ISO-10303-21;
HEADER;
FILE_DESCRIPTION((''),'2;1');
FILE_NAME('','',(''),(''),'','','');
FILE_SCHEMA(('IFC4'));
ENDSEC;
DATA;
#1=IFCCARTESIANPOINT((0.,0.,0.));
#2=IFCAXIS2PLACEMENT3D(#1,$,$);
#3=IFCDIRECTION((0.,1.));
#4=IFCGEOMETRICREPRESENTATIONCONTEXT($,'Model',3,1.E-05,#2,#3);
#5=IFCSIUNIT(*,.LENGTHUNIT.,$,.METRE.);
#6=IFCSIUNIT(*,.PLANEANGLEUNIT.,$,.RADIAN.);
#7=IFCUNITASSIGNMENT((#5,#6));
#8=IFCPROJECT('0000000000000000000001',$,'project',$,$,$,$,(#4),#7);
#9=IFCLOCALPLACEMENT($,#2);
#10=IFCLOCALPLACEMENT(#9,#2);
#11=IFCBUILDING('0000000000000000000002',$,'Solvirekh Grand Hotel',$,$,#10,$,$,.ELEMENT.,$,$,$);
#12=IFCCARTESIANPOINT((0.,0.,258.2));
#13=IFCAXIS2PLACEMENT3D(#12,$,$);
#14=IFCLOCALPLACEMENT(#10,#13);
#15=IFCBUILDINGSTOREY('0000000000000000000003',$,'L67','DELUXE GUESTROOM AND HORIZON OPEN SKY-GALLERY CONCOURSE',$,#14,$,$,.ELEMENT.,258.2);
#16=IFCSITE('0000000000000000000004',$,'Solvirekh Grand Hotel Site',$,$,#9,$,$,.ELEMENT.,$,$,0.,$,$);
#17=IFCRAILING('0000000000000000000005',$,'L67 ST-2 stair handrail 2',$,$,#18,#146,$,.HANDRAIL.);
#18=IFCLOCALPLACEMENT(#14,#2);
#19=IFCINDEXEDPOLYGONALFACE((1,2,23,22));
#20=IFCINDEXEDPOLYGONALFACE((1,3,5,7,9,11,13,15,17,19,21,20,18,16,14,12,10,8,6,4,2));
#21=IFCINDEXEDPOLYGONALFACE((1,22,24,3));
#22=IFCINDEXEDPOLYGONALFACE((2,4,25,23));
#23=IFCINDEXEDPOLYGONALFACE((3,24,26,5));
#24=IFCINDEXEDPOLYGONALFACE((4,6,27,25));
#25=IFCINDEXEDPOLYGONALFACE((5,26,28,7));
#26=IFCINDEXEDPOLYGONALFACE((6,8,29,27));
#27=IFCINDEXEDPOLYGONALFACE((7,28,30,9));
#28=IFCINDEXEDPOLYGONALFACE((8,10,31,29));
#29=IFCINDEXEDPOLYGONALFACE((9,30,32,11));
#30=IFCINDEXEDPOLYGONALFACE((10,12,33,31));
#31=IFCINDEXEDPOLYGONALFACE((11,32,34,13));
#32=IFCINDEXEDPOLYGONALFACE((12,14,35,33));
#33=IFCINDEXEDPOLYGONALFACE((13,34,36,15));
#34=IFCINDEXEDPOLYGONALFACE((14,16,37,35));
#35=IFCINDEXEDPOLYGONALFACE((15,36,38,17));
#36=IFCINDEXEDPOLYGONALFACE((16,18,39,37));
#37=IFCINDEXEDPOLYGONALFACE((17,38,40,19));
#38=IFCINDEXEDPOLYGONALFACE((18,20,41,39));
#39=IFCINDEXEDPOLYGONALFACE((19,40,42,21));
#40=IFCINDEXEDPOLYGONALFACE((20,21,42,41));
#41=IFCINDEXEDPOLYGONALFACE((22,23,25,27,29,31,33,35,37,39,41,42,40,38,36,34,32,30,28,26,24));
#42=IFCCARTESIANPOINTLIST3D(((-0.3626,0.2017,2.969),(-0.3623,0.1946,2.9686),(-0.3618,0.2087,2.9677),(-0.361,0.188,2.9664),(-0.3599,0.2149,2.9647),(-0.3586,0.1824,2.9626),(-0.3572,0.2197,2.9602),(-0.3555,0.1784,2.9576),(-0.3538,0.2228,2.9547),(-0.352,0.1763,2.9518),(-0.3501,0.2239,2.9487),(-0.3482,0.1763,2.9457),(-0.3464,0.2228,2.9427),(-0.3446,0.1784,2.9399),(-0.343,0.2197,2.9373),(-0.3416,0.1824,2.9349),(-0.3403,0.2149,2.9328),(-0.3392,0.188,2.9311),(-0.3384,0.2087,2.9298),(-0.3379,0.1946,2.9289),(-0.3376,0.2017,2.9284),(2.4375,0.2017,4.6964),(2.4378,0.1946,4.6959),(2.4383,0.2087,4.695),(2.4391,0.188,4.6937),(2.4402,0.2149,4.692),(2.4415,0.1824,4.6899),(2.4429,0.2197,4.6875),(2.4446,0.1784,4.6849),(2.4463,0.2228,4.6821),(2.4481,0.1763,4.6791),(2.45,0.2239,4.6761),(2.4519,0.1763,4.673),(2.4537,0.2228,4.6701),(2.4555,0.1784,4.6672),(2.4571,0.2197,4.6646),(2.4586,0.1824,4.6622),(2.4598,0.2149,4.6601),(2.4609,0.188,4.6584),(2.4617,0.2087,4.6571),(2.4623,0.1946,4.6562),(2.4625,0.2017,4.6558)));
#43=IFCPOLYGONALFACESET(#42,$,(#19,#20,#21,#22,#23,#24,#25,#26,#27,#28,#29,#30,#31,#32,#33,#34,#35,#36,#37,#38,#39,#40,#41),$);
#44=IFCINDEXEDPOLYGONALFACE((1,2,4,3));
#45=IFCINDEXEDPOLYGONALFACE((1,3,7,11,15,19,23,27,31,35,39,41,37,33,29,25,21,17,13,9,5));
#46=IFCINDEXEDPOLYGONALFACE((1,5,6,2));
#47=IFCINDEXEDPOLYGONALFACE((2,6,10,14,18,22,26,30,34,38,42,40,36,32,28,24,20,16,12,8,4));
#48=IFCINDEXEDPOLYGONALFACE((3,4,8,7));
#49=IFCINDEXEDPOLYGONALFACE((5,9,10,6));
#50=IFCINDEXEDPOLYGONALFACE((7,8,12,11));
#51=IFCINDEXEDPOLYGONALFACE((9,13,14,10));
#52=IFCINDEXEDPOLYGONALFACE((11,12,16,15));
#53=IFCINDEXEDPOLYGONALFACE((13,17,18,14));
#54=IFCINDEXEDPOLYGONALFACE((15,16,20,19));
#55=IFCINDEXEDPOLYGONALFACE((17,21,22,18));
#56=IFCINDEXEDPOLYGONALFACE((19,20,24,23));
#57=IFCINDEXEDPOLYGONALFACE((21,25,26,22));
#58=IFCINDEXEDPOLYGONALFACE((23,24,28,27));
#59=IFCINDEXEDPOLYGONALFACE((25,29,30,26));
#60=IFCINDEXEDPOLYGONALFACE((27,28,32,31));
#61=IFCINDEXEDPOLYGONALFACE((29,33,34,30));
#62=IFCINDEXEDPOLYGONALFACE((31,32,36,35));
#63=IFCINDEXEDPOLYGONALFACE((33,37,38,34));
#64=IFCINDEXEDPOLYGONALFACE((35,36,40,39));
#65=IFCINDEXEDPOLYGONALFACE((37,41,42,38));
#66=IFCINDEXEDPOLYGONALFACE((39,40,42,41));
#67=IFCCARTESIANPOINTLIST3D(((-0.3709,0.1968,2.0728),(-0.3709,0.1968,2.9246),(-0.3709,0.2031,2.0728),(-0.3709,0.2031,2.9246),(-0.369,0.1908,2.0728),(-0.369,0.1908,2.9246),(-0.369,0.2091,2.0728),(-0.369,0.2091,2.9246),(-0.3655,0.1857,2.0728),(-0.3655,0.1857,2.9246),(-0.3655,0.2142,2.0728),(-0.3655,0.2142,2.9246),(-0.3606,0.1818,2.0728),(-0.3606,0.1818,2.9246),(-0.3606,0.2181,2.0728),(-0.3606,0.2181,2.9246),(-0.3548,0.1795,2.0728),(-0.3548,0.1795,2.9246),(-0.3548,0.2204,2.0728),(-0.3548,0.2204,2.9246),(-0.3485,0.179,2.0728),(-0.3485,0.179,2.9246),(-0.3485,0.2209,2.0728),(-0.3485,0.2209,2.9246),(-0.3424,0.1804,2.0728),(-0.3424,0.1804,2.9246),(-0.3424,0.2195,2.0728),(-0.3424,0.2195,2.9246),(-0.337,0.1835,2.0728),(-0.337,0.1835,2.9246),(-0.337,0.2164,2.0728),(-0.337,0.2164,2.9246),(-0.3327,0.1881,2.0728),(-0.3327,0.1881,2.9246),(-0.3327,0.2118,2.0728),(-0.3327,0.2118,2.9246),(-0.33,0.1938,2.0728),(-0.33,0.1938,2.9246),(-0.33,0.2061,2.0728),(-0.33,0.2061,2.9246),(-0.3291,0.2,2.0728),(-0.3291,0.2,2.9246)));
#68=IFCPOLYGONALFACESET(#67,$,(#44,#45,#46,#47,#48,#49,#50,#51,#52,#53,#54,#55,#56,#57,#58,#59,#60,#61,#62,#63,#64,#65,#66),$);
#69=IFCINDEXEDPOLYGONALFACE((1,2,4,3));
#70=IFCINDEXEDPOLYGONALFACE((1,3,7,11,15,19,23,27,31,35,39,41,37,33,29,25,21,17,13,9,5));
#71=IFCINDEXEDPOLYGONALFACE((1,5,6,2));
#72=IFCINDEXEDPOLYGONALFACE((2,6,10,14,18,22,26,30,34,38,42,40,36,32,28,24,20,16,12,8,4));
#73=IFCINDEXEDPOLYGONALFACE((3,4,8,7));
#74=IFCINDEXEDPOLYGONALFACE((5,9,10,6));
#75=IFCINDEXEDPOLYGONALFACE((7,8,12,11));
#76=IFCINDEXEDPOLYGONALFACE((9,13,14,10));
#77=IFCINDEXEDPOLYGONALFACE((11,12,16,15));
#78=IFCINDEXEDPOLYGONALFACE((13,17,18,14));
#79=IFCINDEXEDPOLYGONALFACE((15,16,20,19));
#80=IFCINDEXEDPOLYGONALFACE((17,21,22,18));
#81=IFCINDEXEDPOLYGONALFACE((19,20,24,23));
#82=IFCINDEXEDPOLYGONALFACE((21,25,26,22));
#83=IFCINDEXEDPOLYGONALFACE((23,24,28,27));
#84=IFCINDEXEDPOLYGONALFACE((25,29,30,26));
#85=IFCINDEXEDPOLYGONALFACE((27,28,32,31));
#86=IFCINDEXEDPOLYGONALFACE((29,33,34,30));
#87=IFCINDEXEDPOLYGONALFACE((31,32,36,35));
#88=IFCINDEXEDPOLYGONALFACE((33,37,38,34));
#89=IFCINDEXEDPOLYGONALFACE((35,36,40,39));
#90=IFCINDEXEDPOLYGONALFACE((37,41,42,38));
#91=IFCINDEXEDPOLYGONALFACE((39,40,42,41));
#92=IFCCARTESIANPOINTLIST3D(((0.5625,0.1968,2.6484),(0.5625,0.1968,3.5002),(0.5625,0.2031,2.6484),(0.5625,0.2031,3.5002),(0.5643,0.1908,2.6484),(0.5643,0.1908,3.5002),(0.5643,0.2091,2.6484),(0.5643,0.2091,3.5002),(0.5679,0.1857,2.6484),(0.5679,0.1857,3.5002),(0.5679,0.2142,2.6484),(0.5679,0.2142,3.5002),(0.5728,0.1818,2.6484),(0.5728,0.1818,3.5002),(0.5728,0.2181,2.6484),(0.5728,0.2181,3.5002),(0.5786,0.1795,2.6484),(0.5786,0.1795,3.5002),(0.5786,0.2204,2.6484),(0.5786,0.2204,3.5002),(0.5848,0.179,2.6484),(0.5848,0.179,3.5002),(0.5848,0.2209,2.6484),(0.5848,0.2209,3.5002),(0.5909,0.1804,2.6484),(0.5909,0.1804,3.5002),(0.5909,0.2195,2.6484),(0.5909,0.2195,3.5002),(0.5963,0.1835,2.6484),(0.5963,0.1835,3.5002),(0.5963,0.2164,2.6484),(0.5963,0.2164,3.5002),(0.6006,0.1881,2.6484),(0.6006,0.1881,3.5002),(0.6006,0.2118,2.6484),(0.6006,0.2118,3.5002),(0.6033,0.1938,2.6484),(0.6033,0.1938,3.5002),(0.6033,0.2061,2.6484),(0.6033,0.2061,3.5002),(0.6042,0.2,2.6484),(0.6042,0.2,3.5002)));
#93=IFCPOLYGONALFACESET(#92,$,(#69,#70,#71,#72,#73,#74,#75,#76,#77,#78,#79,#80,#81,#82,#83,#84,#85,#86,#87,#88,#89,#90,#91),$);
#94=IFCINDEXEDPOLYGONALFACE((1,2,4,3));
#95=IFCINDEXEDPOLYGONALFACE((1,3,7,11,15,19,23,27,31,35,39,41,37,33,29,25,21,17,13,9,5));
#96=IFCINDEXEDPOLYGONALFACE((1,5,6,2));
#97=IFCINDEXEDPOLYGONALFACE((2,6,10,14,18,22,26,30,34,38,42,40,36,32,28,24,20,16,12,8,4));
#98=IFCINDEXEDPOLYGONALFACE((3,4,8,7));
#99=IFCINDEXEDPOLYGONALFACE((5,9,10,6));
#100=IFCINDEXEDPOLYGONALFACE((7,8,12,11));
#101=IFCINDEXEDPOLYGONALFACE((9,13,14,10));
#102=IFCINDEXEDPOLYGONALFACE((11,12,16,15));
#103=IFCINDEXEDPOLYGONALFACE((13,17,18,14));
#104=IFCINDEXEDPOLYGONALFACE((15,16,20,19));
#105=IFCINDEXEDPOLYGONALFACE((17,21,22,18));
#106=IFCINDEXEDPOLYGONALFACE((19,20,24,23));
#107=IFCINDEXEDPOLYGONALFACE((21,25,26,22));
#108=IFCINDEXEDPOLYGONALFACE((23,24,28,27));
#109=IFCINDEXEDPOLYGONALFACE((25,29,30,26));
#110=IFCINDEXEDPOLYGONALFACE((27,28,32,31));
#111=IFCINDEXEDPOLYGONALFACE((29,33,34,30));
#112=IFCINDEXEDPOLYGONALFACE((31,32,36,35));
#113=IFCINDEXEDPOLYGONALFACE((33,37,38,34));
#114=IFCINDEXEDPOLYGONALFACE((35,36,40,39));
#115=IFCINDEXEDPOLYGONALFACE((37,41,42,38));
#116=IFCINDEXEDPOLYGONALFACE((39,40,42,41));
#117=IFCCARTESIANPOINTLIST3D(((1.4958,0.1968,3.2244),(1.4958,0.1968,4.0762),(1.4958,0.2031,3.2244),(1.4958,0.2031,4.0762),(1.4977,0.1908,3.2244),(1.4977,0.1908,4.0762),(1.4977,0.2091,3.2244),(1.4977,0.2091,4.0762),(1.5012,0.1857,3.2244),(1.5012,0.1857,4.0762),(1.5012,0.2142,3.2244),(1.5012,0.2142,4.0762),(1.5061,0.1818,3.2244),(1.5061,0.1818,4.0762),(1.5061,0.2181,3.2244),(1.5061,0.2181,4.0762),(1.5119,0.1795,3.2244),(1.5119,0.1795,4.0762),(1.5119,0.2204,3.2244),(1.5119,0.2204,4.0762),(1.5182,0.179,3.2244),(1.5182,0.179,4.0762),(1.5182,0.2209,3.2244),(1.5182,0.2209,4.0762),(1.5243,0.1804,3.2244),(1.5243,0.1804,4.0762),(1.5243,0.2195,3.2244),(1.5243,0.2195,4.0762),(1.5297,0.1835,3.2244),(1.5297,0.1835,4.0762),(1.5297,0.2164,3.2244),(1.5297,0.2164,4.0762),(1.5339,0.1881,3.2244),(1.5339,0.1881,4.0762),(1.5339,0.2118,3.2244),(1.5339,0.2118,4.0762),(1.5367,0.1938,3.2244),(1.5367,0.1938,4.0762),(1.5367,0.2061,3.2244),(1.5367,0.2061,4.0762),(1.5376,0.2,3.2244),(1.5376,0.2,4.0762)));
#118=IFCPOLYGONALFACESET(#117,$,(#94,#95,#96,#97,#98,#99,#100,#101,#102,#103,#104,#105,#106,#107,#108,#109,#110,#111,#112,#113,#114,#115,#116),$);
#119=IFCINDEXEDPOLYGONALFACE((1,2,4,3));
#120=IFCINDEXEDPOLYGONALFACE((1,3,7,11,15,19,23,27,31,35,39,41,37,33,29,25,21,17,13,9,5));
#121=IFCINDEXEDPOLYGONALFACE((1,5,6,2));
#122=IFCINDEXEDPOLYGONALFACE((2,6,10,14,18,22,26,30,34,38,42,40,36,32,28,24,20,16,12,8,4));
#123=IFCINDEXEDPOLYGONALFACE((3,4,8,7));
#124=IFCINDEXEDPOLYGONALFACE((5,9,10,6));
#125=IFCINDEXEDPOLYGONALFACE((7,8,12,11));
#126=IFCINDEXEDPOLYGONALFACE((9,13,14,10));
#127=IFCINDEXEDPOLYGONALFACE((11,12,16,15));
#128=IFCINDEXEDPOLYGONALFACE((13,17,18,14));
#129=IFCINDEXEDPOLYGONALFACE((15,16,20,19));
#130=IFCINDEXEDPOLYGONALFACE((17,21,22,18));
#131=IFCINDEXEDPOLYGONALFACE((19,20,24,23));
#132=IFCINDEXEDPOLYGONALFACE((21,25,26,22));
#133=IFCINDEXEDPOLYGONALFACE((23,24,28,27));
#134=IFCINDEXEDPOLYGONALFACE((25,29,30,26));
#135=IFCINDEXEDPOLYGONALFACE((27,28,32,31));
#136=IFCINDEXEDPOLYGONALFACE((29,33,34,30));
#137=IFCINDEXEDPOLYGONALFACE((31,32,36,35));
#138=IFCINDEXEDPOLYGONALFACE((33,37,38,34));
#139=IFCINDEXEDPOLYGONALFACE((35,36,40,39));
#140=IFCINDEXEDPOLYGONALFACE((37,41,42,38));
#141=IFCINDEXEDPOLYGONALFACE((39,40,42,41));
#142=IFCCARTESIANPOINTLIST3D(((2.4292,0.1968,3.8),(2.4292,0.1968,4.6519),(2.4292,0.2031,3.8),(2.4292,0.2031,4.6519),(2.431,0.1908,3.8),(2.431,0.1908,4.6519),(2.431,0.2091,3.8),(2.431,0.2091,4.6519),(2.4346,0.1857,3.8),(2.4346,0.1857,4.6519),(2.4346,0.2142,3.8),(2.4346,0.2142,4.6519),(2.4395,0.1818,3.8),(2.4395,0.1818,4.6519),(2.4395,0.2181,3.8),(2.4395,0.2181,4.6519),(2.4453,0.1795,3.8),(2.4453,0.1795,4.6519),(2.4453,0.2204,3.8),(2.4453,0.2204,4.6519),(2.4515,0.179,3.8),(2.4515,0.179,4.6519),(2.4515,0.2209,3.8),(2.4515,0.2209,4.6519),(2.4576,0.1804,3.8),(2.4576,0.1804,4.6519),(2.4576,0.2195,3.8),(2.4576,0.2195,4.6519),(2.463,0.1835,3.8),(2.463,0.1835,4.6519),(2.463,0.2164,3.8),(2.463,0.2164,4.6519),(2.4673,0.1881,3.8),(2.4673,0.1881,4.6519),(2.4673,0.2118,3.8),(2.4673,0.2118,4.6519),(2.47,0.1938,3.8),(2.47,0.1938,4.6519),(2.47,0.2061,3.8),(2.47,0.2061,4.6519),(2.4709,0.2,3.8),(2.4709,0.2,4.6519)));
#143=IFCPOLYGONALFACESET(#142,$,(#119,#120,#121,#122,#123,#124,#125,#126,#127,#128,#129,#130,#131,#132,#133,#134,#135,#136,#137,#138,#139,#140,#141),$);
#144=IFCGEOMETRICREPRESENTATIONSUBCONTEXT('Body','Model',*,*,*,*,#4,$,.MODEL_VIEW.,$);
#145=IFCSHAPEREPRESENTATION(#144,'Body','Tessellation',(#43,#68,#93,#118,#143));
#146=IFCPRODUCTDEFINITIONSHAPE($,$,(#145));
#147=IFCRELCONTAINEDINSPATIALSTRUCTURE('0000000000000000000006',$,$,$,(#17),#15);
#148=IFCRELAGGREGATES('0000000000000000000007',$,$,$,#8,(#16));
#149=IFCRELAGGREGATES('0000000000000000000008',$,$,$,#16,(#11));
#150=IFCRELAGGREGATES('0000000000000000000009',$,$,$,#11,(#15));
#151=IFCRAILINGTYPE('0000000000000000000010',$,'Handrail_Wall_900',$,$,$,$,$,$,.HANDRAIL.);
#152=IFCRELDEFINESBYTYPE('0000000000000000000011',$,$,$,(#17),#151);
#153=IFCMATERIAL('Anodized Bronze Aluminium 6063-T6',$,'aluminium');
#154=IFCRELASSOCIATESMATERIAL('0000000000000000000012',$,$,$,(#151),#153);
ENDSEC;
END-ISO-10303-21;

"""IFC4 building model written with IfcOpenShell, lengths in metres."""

from ifc_helpers import new_model, si_unit, direction, frame, origin, origin_2d, place, context, subcontext, project, spatial, circle, extrude, material, type_object, element, save


model = new_model("IFC4")

# Units and contexts
model_context = context("Model", 3, precision=1e-05, world=origin(), true_north=direction((0.0, 1.0)))
body_context = subcontext(model_context, "Body", "Model", "MODEL_VIEW")
ifc_project = project(units=[si_unit("LENGTHUNIT", "METRE"), si_unit("PLANEANGLEUNIT", "RADIAN")], contexts=[model_context])

# Site, building, storey
site_placement = place(None, origin())
site = spatial("IfcSite", under=ifc_project, at=site_placement, Name="Solvirekh Grand Hotel Site", CompositionType="ELEMENT", RefElevation=0.0)
building_placement = place(site_placement, origin())
building = spatial("IfcBuilding", under=site, at=building_placement, Name="Solvirekh Grand Hotel", CompositionType="ELEMENT")
storey_placement = place(building_placement, frame((0.0, 0.0, 258.2)))
storey = spatial("IfcBuildingStorey", under=building, at=storey_placement, Name="L67", Description="DELUXE GUESTROOM AND HORIZON OPEN SKY-GALLERY CONCOURSE", CompositionType="ELEMENT", Elevation=258.2)

# Railing
ifc_material_1 = material(Name="Anodized Bronze Aluminium 6063-T6", Category="aluminium")
railing_type_1 = type_object("IfcRailingType", Name="Handrail_Wall_900", PredefinedType="HANDRAIL", material=ifc_material_1)
railing_1_placement = place(storey_placement, frame((-0.3501, 0.2, 2.0728)))
element("IfcRailing", 1, at=railing_1_placement, inside=storey, type_object=railing_type_1, Name="L67 ST-2 stair handrail 2", PredefinedType="HANDRAIL", context=body_context, shape_type="SweptSolid", body=[
    extrude(circle(Radius=0.0239, at=origin_2d()), frame((0.0, 0.0, 0.876), z_axis=(0.85109, 0.0, 0.52502), x_axis=(0.0, 1.0, 0.0)), (0.0, 0.0, 1.0), 3.29),
    extrude(circle(Radius=0.021, at=origin_2d()), origin(), (0.0, 0.0, 1.0), 0.8518),
    extrude(circle(Radius=0.021, at=origin_2d()), frame((0.9333, 0.0, 0.5757)), (0.0, 0.0, 1.0), 0.8518),
    extrude(circle(Radius=0.021, at=origin_2d()), frame((1.8667, 0.0, 1.1516)), (0.0, 0.0, 1.0), 0.8518),
    extrude(circle(Radius=0.021, at=origin_2d()), frame((2.8, 0.0, 1.7273)), (0.0, 0.0, 1.0), 0.8518),
])

save(model, "model.ifc")
